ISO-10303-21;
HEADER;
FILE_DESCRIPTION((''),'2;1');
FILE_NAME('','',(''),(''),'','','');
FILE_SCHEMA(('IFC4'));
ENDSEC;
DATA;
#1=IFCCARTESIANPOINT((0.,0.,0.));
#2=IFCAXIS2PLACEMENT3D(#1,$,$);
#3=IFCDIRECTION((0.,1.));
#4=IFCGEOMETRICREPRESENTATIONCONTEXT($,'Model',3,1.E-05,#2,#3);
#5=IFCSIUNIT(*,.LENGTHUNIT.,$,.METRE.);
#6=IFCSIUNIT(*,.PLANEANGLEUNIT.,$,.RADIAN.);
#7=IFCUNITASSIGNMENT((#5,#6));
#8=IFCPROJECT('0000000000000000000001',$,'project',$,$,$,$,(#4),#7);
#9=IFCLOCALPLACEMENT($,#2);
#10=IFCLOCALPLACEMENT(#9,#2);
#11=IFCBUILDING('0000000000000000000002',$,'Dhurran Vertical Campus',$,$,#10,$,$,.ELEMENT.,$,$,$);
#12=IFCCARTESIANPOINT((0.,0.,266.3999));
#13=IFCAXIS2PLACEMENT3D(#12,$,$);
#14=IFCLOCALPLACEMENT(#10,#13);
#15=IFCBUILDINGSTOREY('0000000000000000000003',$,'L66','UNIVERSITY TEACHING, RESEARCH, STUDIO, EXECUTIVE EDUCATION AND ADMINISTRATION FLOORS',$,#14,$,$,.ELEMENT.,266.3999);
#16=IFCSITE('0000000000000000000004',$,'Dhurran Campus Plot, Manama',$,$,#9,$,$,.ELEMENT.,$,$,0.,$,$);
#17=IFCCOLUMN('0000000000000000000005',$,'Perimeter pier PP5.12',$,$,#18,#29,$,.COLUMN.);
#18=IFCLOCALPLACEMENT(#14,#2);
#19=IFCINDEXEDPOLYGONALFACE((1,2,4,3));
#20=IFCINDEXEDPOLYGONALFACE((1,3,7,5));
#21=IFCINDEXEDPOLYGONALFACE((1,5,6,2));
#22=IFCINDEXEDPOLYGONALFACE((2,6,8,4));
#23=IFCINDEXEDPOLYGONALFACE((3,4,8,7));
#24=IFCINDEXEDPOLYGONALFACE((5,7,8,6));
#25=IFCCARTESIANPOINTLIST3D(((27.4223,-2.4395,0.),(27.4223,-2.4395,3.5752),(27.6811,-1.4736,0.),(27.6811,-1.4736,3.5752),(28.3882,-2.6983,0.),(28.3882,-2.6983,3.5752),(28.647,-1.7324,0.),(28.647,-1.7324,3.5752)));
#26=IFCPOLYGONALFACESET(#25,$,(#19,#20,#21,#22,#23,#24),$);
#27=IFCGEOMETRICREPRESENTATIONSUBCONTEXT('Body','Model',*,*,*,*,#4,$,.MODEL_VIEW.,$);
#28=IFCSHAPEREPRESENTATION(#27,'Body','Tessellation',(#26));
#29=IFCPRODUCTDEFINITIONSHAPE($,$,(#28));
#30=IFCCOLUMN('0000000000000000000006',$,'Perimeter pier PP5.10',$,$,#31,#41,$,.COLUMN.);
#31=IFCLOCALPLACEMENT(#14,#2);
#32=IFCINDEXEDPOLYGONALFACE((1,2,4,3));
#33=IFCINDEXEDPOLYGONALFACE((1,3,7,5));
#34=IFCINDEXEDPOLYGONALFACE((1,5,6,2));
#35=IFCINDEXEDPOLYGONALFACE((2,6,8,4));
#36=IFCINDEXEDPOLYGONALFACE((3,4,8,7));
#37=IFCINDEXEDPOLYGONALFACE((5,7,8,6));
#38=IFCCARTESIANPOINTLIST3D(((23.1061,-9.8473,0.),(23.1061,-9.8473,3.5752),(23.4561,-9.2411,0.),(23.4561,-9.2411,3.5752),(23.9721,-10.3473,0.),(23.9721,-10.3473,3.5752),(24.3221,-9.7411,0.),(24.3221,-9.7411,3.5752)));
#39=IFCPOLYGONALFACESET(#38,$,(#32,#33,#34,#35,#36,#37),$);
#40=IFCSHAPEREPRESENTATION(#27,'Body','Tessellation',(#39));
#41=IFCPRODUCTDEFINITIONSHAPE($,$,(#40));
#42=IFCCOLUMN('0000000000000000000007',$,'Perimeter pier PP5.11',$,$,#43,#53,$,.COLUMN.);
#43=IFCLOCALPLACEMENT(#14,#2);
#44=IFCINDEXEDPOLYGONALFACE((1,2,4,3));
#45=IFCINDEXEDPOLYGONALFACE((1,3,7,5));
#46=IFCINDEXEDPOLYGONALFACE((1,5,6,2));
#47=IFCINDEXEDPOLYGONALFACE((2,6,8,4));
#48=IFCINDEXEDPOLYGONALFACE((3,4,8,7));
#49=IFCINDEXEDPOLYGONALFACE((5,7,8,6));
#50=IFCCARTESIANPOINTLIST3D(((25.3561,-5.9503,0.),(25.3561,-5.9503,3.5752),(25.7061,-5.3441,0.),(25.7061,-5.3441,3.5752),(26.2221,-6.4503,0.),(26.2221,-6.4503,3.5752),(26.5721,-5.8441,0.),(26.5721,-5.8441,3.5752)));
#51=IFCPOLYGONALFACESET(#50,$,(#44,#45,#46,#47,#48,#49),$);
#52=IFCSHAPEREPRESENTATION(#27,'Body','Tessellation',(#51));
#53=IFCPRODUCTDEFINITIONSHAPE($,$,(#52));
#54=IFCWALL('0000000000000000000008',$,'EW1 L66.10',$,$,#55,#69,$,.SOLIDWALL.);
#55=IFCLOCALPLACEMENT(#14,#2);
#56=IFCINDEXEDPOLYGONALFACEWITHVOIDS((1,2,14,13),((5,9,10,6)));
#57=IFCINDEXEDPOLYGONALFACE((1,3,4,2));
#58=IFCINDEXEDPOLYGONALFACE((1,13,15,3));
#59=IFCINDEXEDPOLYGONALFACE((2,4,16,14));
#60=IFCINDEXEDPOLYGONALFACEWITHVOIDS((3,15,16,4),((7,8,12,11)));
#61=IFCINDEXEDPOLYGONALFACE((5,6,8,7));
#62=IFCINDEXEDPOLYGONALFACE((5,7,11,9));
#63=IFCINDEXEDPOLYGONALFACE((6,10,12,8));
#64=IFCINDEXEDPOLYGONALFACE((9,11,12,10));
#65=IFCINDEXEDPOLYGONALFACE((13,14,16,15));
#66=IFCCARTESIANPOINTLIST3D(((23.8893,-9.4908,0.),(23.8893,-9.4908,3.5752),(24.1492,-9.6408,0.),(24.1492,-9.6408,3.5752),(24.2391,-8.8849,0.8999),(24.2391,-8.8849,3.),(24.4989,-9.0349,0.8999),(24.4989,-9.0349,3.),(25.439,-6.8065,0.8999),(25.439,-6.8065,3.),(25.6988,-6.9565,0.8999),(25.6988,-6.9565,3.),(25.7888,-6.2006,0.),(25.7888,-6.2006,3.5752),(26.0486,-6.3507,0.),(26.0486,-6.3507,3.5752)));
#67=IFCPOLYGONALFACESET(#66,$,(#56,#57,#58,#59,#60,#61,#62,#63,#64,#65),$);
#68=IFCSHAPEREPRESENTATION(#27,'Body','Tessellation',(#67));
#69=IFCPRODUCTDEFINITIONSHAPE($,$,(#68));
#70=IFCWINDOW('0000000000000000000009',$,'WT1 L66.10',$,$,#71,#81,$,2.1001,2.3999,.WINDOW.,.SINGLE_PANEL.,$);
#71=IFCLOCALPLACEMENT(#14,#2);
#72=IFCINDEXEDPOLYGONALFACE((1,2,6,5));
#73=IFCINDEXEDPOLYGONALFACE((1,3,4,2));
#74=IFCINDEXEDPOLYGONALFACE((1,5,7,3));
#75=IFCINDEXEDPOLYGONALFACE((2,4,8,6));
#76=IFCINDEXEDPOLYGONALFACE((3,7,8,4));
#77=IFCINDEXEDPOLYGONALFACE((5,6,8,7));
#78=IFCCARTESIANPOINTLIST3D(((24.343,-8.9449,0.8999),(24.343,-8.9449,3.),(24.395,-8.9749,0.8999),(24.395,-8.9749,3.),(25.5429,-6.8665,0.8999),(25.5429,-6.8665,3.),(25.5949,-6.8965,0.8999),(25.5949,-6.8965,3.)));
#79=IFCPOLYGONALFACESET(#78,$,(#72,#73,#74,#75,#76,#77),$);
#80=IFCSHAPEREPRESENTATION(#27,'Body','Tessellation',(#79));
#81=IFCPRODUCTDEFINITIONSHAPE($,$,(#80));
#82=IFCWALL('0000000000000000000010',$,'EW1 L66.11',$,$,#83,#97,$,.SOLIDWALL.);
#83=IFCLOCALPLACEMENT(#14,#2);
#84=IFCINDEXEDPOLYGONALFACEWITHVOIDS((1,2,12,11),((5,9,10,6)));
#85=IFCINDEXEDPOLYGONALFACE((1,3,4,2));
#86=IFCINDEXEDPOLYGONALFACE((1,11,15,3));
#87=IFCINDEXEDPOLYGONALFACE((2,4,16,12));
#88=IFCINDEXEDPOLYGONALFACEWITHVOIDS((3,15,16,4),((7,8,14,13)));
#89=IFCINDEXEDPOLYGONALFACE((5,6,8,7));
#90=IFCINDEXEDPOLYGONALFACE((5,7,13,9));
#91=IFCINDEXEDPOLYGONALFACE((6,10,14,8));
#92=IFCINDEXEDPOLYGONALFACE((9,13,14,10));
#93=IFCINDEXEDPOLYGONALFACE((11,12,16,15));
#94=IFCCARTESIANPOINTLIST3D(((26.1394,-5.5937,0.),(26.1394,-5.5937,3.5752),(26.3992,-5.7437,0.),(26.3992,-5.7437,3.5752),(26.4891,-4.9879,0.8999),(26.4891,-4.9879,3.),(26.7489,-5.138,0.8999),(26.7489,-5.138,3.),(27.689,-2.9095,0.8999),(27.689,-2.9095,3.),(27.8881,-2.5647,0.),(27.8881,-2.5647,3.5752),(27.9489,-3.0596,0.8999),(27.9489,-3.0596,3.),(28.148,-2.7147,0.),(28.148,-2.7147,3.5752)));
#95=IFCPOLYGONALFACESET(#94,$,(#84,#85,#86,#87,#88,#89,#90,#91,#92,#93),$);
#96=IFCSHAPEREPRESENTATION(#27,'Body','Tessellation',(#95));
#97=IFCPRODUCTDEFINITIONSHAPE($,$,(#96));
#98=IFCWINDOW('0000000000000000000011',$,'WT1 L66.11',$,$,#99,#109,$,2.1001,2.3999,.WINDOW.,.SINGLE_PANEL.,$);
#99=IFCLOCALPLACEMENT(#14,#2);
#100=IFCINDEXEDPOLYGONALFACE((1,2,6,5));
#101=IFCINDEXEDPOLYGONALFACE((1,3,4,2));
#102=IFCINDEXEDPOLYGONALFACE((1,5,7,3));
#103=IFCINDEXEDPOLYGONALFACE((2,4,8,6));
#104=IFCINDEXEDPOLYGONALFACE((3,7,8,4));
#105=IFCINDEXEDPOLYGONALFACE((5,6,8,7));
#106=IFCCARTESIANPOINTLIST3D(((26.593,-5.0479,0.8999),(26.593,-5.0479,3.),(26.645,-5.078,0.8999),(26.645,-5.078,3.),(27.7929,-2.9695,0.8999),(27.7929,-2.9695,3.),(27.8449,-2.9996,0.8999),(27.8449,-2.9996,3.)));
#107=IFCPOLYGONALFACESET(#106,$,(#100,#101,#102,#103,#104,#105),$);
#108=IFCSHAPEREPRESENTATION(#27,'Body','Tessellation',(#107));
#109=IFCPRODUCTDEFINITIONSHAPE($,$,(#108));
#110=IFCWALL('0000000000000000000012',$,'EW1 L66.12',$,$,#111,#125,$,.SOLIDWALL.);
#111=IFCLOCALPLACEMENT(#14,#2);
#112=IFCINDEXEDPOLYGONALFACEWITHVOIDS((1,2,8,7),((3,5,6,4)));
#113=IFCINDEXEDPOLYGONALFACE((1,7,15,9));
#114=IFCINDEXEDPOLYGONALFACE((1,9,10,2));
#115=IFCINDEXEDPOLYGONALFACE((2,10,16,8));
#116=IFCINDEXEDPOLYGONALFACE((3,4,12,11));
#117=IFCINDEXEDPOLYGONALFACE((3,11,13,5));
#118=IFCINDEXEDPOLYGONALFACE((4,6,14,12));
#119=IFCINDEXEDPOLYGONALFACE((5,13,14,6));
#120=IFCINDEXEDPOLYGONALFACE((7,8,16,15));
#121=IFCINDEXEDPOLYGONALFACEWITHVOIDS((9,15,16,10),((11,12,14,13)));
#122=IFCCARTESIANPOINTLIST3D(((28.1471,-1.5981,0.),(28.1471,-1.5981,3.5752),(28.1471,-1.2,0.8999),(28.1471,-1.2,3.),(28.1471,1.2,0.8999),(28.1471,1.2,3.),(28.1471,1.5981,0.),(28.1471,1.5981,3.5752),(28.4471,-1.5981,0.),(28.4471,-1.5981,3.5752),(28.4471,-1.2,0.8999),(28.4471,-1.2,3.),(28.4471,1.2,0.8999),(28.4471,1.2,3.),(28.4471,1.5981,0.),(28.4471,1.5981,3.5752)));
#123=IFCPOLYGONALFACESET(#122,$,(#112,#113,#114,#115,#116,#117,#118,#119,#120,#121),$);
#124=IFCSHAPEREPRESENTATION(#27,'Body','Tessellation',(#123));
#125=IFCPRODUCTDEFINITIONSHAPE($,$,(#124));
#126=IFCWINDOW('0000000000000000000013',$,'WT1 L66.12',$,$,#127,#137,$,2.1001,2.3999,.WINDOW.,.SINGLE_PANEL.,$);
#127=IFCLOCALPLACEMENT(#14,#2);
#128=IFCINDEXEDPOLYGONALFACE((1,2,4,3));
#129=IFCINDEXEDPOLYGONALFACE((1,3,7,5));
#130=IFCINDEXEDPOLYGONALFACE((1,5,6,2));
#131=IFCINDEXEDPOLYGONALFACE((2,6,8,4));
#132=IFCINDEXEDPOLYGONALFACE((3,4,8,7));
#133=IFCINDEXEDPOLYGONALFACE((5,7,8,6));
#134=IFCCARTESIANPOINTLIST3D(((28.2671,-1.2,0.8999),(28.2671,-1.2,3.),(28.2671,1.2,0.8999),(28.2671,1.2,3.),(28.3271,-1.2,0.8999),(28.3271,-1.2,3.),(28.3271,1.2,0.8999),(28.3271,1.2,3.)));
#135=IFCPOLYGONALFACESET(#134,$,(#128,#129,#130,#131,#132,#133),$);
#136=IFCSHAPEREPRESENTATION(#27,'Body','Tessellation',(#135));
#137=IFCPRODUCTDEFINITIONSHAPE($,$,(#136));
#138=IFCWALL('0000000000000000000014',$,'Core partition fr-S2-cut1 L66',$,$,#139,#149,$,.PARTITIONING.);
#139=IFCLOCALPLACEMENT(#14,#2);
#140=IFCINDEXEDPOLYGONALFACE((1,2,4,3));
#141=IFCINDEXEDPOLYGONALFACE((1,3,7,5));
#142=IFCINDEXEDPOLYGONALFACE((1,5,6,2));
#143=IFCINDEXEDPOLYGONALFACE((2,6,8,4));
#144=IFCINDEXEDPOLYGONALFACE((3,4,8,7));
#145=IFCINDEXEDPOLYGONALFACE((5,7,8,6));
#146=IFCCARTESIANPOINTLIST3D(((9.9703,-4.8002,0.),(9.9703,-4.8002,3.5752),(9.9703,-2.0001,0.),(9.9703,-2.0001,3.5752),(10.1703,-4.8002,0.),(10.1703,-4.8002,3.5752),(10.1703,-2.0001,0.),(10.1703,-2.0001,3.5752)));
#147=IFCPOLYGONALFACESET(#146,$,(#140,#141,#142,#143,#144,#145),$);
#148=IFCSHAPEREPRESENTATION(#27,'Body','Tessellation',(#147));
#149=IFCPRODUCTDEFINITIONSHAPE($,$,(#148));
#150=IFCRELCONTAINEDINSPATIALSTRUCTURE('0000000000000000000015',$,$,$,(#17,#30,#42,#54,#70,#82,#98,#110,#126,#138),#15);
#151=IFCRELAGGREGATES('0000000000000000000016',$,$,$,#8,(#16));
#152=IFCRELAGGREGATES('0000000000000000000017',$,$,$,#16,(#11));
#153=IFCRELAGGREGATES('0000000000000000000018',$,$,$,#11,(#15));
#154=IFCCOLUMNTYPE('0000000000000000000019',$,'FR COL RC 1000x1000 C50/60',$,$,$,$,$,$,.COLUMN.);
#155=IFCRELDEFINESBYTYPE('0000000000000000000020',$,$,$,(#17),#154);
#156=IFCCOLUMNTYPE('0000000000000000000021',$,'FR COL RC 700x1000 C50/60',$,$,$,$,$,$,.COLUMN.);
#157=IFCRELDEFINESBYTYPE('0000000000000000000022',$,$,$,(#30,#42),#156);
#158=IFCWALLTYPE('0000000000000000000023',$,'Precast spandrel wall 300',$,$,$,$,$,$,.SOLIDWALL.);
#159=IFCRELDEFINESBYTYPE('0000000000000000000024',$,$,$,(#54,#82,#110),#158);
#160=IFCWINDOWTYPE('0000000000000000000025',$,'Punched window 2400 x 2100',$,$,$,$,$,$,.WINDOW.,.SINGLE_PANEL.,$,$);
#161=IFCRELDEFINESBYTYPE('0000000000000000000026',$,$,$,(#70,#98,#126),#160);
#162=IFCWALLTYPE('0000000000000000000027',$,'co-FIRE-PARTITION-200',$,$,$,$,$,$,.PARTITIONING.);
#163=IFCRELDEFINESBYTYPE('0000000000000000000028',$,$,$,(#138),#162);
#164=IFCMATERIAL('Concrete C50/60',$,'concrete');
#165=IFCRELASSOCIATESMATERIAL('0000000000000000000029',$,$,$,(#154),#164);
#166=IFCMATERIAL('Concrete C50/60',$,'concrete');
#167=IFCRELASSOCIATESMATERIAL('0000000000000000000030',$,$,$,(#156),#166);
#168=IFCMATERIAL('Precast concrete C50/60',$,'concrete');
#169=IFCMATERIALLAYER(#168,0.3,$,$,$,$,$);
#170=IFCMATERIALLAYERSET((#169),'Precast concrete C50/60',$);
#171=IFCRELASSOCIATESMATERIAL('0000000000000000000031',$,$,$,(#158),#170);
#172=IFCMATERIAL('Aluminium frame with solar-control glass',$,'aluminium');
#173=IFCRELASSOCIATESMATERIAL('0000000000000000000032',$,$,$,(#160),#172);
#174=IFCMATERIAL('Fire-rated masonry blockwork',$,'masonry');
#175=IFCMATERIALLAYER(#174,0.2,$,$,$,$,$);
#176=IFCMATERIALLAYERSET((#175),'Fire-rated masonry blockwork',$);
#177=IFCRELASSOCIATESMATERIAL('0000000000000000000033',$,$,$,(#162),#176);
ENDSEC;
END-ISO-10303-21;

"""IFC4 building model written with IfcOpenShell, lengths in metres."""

from ifc_helpers import new_model, si_unit, direction, frame, frame_2d, origin, origin_2d, place, context, subcontext, project, spatial, rectangle, extrude, material, layer, layer_set, material_profile, profile_set, type_object, element, fill, save


model = new_model("IFC4")

# Units and contexts
model_context = context("Model", 3, precision=1e-05, world=origin(), true_north=direction((0.0, 1.0)))
body_context = subcontext(model_context, "Body", "Model", "MODEL_VIEW")
ifc_project = project(units=[si_unit("LENGTHUNIT", "METRE"), si_unit("PLANEANGLEUNIT", "RADIAN")], contexts=[model_context])

# Site, building, storey
site_placement = place(None, origin())
site = spatial("IfcSite", under=ifc_project, at=site_placement, Name="Dhurran Campus Plot, Manama", CompositionType="ELEMENT", RefElevation=0.0)
building_placement = place(site_placement, origin())
building = spatial("IfcBuilding", under=site, at=building_placement, Name="Dhurran Vertical Campus", CompositionType="ELEMENT")
storey_placement = place(building_placement, frame((0.0, 0.0, 266.3999)))
storey = spatial("IfcBuildingStorey", under=building, at=storey_placement, Name="L66", Description="UNIVERSITY TEACHING, RESEARCH, STUDIO, EXECUTIVE EDUCATION AND ADMINISTRATION FLOORS", CompositionType="ELEMENT", Elevation=266.3999)

# Columns
ifc_material_1 = material(Name="Concrete C50/60", Category="concrete")
ifc_material_profile_1 = material_profile(ifc_material_1, rectangle(XDim=1.0, YDim=1.0, at=origin_2d()), Name="RC 1000x1000")
ifc_profile_set_1 = profile_set([ifc_material_profile_1], Name="Concrete C50/60")
column_type_1 = type_object("IfcColumnType", Name="FR COL RC 1000x1000 C50/60", PredefinedType="COLUMN", material=ifc_profile_set_1)
column_placement = place(storey_placement, frame((28.0347, -2.0859, 0.0), z_axis=(0.0, 0.0, 1.0), x_axis=(0.258819, 0.965926, 0.0)))
element("IfcColumn", 1, at=column_placement, inside=storey, type_object=column_type_1, Name="Perimeter pier PP5.12", PredefinedType="COLUMN", context=body_context, shape_type="SweptSolid", body=[
    extrude(rectangle(XDim=1.0, YDim=1.0, at=origin_2d()), origin(), (0.0, 0.0, 1.0), 3.5752),
])
ifc_material_2 = material(Name="Concrete C50/60", Category="concrete")
ifc_material_profile_2 = material_profile(ifc_material_2, rectangle(XDim=0.7, YDim=1.0, at=origin_2d()), Name="RC 700x1000")
ifc_profile_set_2 = profile_set([ifc_material_profile_2], Name="Concrete C50/60")
column_type_2 = type_object("IfcColumnType", Name="FR COL RC 700x1000 C50/60", PredefinedType="COLUMN", material=ifc_profile_set_2)
for number, where, z_axis, x_axis, name in (
    (2, (23.7141, -9.7942, 0.0), (0.0, 0.0, 1.0), (0.5, 0.866025, 0.0), "Perimeter pier PP5.10"),
    (3, (25.9641, -5.8972, 0.0), (0.0, 0.0, 1.0), (0.5, 0.866025, 0.0), "Perimeter pier PP5.11"),
):
    element("IfcColumn", number, at=place(storey_placement, frame(where, z_axis=z_axis, x_axis=x_axis)), inside=storey, type_object=column_type_2, Name=name, PredefinedType="COLUMN", context=body_context, shape_type="SweptSolid", body=[
        extrude(rectangle(XDim=0.7, YDim=1.0, at=origin_2d()), origin(), (0.0, 0.0, 1.0), 3.5752),
    ])

# Walls, openings, windows
ifc_material_3 = material(Name="Precast concrete C50/60", Category="concrete")
ifc_layer_1 = layer(ifc_material_3, 0.3)
ifc_layer_set_1 = layer_set([ifc_layer_1], Name="Precast concrete C50/60")
wall_type_1 = type_object("IfcWallType", Name="Precast spandrel wall 300", PredefinedType="SOLIDWALL", material=ifc_layer_set_1)
wall_1_placement = place(storey_placement, frame((24.0193, -9.5657, 0.0), z_axis=(0.0, 0.0, 1.0), x_axis=(0.499982, 0.866036, 0.0)))
wall_1 = element("IfcWall", 4, at=wall_1_placement, inside=storey, type_object=wall_type_1, Name="EW1 L66.10", PredefinedType="SOLIDWALL", context=body_context, shape_type="SweptSolid", body=[
    extrude(rectangle(XDim=3.7991, YDim=0.3, at=frame_2d((1.8994, 0.0))), origin(), (0.0, 0.0, 1.0), 3.5752),
])
opening_1_placement = place(wall_1_placement, frame((0.6995, 0.0, 0.8999)))
opening_1 = element("IfcOpeningElement", 5, at=opening_1_placement, cuts=wall_1, PredefinedType="OPENING", context=body_context, shape_type="SweptSolid", body=[
    extrude(rectangle(XDim=2.3999, YDim=2.1001, at=frame_2d((1.2, 1.05))), frame((0.0, 0.1599, 0.0), z_axis=(0.0, -1.0, 0.0), x_axis=(1.0, 0.0, 0.0)), (0.0, 0.0, 1.0), 0.3201),
])
ifc_material_4 = material(Name="Aluminium frame with solar-control glass", Category="aluminium")
window_type = type_object("IfcWindowType", Name="Punched window 2400 x 2100", PartitioningType="SINGLE_PANEL", PredefinedType="WINDOW", material=ifc_material_4)
window_1_placement = place(opening_1_placement, origin())
window_1 = element("IfcWindow", 6, at=window_1_placement, inside=storey, type_object=window_type, Name="WT1 L66.10", OverallHeight=2.1001, OverallWidth=2.3999, PartitioningType="SINGLE_PANEL", PredefinedType="WINDOW", context=body_context, shape_type="SweptSolid", body=[
    extrude(rectangle(XDim=2.3999, YDim=2.1001, at=frame_2d((1.2, 1.05))), frame((0.0, 0.03, 0.0), z_axis=(0.0, -1.0, 0.0), x_axis=(1.0, 0.0, 0.0)), (0.0, 0.0, 1.0), 0.0601),
])
fill(opening_1, window_1)
wall_2_placement = place(storey_placement, frame((26.2693, -5.6687, 0.0), z_axis=(0.0, 0.0, 1.0), x_axis=(0.49999, 0.866031, 0.0)))
wall_2 = element("IfcWall", 7, at=wall_2_placement, inside=storey, type_object=wall_type_1, Name="EW1 L66.11", PredefinedType="SOLIDWALL", context=body_context, shape_type="SweptSolid", body=[
    extrude(rectangle(XDim=3.4976, YDim=0.3, at=frame_2d((1.7488, 0.0))), origin(), (0.0, 0.0, 1.0), 3.5752),
])
opening_2_placement = place(wall_2_placement, frame((0.6995, 0.0, 0.8999)))
opening_2 = element("IfcOpeningElement", 8, at=opening_2_placement, cuts=wall_2, PredefinedType="OPENING", context=body_context, shape_type="SweptSolid", body=[
    extrude(rectangle(XDim=2.3999, YDim=2.1001, at=frame_2d((1.2, 1.05))), frame((0.0, 0.1599, 0.0), z_axis=(0.0, -1.0, 0.0), x_axis=(1.0, 0.0, 0.0)), (0.0, 0.0, 1.0), 0.3201),
])
window_2_placement = place(opening_2_placement, origin())
window_2 = element("IfcWindow", 9, at=window_2_placement, inside=storey, type_object=window_type, Name="WT1 L66.11", OverallHeight=2.1001, OverallWidth=2.3999, PartitioningType="SINGLE_PANEL", PredefinedType="WINDOW", context=body_context, shape_type="SweptSolid", body=[
    extrude(rectangle(XDim=2.3999, YDim=2.1001, at=frame_2d((1.2, 1.05))), frame((0.0, 0.03, 0.0), z_axis=(0.0, -1.0, 0.0), x_axis=(1.0, 0.0, 0.0)), (0.0, 0.0, 1.0), 0.0601),
])
fill(opening_2, window_2)
wall_3_placement = place(storey_placement, frame((28.2971, -1.5981, 0.0), z_axis=(0.0, 0.0, 1.0), x_axis=(0.0, 1.0, 0.0)))
wall_3 = element("IfcWall", 10, at=wall_3_placement, inside=storey, type_object=wall_type_1, Name="EW1 L66.12", PredefinedType="SOLIDWALL", context=body_context, shape_type="SweptSolid", body=[
    extrude(rectangle(XDim=3.1963, YDim=0.3, at=frame_2d((1.5981, 0.0))), origin(), (0.0, 0.0, 1.0), 3.5752),
])
opening_3_placement = place(wall_3_placement, frame((0.3982, 0.0, 0.8999)))
opening_3 = element("IfcOpeningElement", 11, at=opening_3_placement, cuts=wall_3, PredefinedType="OPENING", context=body_context, shape_type="SweptSolid", body=[
    extrude(rectangle(XDim=2.3999, YDim=2.1001, at=frame_2d((1.2, 1.05))), frame((0.0, 0.1599, 0.0), z_axis=(0.0, -1.0, 0.0), x_axis=(1.0, 0.0, 0.0)), (0.0, 0.0, 1.0), 0.3201),
])
window_3_placement = place(opening_3_placement, origin())
window_3 = element("IfcWindow", 12, at=window_3_placement, inside=storey, type_object=window_type, Name="WT1 L66.12", OverallHeight=2.1001, OverallWidth=2.3999, PartitioningType="SINGLE_PANEL", PredefinedType="WINDOW", context=body_context, shape_type="SweptSolid", body=[
    extrude(rectangle(XDim=2.3999, YDim=2.1001, at=frame_2d((1.2, 1.05))), frame((0.0, 0.03, 0.0), z_axis=(0.0, -1.0, 0.0), x_axis=(1.0, 0.0, 0.0)), (0.0, 0.0, 1.0), 0.0601),
])
fill(opening_3, window_3)

# Wall
ifc_material_5 = material(Name="Fire-rated masonry blockwork", Category="masonry")
ifc_layer_2 = layer(ifc_material_5, 0.2)
ifc_layer_set_2 = layer_set([ifc_layer_2], Name="Fire-rated masonry blockwork")
wall_type_2 = type_object("IfcWallType", Name="co-FIRE-PARTITION-200", PredefinedType="PARTITIONING", material=ifc_layer_set_2)
wall_4_placement = place(storey_placement, frame((10.0703, -4.8, 0.0), z_axis=(0.0, 0.0, 1.0), x_axis=(0.0, 1.0, 0.0)))
element("IfcWall", 13, at=wall_4_placement, inside=storey, type_object=wall_type_2, Name="Core partition fr-S2-cut1 L66", PredefinedType="PARTITIONING", context=body_context, shape_type="SweptSolid", body=[
    extrude(rectangle(XDim=2.8, YDim=0.2, at=frame_2d((1.3999, 0.0))), origin(), (0.0, 0.0, 1.0), 3.5752),
])

save(model, "model.ifc")
